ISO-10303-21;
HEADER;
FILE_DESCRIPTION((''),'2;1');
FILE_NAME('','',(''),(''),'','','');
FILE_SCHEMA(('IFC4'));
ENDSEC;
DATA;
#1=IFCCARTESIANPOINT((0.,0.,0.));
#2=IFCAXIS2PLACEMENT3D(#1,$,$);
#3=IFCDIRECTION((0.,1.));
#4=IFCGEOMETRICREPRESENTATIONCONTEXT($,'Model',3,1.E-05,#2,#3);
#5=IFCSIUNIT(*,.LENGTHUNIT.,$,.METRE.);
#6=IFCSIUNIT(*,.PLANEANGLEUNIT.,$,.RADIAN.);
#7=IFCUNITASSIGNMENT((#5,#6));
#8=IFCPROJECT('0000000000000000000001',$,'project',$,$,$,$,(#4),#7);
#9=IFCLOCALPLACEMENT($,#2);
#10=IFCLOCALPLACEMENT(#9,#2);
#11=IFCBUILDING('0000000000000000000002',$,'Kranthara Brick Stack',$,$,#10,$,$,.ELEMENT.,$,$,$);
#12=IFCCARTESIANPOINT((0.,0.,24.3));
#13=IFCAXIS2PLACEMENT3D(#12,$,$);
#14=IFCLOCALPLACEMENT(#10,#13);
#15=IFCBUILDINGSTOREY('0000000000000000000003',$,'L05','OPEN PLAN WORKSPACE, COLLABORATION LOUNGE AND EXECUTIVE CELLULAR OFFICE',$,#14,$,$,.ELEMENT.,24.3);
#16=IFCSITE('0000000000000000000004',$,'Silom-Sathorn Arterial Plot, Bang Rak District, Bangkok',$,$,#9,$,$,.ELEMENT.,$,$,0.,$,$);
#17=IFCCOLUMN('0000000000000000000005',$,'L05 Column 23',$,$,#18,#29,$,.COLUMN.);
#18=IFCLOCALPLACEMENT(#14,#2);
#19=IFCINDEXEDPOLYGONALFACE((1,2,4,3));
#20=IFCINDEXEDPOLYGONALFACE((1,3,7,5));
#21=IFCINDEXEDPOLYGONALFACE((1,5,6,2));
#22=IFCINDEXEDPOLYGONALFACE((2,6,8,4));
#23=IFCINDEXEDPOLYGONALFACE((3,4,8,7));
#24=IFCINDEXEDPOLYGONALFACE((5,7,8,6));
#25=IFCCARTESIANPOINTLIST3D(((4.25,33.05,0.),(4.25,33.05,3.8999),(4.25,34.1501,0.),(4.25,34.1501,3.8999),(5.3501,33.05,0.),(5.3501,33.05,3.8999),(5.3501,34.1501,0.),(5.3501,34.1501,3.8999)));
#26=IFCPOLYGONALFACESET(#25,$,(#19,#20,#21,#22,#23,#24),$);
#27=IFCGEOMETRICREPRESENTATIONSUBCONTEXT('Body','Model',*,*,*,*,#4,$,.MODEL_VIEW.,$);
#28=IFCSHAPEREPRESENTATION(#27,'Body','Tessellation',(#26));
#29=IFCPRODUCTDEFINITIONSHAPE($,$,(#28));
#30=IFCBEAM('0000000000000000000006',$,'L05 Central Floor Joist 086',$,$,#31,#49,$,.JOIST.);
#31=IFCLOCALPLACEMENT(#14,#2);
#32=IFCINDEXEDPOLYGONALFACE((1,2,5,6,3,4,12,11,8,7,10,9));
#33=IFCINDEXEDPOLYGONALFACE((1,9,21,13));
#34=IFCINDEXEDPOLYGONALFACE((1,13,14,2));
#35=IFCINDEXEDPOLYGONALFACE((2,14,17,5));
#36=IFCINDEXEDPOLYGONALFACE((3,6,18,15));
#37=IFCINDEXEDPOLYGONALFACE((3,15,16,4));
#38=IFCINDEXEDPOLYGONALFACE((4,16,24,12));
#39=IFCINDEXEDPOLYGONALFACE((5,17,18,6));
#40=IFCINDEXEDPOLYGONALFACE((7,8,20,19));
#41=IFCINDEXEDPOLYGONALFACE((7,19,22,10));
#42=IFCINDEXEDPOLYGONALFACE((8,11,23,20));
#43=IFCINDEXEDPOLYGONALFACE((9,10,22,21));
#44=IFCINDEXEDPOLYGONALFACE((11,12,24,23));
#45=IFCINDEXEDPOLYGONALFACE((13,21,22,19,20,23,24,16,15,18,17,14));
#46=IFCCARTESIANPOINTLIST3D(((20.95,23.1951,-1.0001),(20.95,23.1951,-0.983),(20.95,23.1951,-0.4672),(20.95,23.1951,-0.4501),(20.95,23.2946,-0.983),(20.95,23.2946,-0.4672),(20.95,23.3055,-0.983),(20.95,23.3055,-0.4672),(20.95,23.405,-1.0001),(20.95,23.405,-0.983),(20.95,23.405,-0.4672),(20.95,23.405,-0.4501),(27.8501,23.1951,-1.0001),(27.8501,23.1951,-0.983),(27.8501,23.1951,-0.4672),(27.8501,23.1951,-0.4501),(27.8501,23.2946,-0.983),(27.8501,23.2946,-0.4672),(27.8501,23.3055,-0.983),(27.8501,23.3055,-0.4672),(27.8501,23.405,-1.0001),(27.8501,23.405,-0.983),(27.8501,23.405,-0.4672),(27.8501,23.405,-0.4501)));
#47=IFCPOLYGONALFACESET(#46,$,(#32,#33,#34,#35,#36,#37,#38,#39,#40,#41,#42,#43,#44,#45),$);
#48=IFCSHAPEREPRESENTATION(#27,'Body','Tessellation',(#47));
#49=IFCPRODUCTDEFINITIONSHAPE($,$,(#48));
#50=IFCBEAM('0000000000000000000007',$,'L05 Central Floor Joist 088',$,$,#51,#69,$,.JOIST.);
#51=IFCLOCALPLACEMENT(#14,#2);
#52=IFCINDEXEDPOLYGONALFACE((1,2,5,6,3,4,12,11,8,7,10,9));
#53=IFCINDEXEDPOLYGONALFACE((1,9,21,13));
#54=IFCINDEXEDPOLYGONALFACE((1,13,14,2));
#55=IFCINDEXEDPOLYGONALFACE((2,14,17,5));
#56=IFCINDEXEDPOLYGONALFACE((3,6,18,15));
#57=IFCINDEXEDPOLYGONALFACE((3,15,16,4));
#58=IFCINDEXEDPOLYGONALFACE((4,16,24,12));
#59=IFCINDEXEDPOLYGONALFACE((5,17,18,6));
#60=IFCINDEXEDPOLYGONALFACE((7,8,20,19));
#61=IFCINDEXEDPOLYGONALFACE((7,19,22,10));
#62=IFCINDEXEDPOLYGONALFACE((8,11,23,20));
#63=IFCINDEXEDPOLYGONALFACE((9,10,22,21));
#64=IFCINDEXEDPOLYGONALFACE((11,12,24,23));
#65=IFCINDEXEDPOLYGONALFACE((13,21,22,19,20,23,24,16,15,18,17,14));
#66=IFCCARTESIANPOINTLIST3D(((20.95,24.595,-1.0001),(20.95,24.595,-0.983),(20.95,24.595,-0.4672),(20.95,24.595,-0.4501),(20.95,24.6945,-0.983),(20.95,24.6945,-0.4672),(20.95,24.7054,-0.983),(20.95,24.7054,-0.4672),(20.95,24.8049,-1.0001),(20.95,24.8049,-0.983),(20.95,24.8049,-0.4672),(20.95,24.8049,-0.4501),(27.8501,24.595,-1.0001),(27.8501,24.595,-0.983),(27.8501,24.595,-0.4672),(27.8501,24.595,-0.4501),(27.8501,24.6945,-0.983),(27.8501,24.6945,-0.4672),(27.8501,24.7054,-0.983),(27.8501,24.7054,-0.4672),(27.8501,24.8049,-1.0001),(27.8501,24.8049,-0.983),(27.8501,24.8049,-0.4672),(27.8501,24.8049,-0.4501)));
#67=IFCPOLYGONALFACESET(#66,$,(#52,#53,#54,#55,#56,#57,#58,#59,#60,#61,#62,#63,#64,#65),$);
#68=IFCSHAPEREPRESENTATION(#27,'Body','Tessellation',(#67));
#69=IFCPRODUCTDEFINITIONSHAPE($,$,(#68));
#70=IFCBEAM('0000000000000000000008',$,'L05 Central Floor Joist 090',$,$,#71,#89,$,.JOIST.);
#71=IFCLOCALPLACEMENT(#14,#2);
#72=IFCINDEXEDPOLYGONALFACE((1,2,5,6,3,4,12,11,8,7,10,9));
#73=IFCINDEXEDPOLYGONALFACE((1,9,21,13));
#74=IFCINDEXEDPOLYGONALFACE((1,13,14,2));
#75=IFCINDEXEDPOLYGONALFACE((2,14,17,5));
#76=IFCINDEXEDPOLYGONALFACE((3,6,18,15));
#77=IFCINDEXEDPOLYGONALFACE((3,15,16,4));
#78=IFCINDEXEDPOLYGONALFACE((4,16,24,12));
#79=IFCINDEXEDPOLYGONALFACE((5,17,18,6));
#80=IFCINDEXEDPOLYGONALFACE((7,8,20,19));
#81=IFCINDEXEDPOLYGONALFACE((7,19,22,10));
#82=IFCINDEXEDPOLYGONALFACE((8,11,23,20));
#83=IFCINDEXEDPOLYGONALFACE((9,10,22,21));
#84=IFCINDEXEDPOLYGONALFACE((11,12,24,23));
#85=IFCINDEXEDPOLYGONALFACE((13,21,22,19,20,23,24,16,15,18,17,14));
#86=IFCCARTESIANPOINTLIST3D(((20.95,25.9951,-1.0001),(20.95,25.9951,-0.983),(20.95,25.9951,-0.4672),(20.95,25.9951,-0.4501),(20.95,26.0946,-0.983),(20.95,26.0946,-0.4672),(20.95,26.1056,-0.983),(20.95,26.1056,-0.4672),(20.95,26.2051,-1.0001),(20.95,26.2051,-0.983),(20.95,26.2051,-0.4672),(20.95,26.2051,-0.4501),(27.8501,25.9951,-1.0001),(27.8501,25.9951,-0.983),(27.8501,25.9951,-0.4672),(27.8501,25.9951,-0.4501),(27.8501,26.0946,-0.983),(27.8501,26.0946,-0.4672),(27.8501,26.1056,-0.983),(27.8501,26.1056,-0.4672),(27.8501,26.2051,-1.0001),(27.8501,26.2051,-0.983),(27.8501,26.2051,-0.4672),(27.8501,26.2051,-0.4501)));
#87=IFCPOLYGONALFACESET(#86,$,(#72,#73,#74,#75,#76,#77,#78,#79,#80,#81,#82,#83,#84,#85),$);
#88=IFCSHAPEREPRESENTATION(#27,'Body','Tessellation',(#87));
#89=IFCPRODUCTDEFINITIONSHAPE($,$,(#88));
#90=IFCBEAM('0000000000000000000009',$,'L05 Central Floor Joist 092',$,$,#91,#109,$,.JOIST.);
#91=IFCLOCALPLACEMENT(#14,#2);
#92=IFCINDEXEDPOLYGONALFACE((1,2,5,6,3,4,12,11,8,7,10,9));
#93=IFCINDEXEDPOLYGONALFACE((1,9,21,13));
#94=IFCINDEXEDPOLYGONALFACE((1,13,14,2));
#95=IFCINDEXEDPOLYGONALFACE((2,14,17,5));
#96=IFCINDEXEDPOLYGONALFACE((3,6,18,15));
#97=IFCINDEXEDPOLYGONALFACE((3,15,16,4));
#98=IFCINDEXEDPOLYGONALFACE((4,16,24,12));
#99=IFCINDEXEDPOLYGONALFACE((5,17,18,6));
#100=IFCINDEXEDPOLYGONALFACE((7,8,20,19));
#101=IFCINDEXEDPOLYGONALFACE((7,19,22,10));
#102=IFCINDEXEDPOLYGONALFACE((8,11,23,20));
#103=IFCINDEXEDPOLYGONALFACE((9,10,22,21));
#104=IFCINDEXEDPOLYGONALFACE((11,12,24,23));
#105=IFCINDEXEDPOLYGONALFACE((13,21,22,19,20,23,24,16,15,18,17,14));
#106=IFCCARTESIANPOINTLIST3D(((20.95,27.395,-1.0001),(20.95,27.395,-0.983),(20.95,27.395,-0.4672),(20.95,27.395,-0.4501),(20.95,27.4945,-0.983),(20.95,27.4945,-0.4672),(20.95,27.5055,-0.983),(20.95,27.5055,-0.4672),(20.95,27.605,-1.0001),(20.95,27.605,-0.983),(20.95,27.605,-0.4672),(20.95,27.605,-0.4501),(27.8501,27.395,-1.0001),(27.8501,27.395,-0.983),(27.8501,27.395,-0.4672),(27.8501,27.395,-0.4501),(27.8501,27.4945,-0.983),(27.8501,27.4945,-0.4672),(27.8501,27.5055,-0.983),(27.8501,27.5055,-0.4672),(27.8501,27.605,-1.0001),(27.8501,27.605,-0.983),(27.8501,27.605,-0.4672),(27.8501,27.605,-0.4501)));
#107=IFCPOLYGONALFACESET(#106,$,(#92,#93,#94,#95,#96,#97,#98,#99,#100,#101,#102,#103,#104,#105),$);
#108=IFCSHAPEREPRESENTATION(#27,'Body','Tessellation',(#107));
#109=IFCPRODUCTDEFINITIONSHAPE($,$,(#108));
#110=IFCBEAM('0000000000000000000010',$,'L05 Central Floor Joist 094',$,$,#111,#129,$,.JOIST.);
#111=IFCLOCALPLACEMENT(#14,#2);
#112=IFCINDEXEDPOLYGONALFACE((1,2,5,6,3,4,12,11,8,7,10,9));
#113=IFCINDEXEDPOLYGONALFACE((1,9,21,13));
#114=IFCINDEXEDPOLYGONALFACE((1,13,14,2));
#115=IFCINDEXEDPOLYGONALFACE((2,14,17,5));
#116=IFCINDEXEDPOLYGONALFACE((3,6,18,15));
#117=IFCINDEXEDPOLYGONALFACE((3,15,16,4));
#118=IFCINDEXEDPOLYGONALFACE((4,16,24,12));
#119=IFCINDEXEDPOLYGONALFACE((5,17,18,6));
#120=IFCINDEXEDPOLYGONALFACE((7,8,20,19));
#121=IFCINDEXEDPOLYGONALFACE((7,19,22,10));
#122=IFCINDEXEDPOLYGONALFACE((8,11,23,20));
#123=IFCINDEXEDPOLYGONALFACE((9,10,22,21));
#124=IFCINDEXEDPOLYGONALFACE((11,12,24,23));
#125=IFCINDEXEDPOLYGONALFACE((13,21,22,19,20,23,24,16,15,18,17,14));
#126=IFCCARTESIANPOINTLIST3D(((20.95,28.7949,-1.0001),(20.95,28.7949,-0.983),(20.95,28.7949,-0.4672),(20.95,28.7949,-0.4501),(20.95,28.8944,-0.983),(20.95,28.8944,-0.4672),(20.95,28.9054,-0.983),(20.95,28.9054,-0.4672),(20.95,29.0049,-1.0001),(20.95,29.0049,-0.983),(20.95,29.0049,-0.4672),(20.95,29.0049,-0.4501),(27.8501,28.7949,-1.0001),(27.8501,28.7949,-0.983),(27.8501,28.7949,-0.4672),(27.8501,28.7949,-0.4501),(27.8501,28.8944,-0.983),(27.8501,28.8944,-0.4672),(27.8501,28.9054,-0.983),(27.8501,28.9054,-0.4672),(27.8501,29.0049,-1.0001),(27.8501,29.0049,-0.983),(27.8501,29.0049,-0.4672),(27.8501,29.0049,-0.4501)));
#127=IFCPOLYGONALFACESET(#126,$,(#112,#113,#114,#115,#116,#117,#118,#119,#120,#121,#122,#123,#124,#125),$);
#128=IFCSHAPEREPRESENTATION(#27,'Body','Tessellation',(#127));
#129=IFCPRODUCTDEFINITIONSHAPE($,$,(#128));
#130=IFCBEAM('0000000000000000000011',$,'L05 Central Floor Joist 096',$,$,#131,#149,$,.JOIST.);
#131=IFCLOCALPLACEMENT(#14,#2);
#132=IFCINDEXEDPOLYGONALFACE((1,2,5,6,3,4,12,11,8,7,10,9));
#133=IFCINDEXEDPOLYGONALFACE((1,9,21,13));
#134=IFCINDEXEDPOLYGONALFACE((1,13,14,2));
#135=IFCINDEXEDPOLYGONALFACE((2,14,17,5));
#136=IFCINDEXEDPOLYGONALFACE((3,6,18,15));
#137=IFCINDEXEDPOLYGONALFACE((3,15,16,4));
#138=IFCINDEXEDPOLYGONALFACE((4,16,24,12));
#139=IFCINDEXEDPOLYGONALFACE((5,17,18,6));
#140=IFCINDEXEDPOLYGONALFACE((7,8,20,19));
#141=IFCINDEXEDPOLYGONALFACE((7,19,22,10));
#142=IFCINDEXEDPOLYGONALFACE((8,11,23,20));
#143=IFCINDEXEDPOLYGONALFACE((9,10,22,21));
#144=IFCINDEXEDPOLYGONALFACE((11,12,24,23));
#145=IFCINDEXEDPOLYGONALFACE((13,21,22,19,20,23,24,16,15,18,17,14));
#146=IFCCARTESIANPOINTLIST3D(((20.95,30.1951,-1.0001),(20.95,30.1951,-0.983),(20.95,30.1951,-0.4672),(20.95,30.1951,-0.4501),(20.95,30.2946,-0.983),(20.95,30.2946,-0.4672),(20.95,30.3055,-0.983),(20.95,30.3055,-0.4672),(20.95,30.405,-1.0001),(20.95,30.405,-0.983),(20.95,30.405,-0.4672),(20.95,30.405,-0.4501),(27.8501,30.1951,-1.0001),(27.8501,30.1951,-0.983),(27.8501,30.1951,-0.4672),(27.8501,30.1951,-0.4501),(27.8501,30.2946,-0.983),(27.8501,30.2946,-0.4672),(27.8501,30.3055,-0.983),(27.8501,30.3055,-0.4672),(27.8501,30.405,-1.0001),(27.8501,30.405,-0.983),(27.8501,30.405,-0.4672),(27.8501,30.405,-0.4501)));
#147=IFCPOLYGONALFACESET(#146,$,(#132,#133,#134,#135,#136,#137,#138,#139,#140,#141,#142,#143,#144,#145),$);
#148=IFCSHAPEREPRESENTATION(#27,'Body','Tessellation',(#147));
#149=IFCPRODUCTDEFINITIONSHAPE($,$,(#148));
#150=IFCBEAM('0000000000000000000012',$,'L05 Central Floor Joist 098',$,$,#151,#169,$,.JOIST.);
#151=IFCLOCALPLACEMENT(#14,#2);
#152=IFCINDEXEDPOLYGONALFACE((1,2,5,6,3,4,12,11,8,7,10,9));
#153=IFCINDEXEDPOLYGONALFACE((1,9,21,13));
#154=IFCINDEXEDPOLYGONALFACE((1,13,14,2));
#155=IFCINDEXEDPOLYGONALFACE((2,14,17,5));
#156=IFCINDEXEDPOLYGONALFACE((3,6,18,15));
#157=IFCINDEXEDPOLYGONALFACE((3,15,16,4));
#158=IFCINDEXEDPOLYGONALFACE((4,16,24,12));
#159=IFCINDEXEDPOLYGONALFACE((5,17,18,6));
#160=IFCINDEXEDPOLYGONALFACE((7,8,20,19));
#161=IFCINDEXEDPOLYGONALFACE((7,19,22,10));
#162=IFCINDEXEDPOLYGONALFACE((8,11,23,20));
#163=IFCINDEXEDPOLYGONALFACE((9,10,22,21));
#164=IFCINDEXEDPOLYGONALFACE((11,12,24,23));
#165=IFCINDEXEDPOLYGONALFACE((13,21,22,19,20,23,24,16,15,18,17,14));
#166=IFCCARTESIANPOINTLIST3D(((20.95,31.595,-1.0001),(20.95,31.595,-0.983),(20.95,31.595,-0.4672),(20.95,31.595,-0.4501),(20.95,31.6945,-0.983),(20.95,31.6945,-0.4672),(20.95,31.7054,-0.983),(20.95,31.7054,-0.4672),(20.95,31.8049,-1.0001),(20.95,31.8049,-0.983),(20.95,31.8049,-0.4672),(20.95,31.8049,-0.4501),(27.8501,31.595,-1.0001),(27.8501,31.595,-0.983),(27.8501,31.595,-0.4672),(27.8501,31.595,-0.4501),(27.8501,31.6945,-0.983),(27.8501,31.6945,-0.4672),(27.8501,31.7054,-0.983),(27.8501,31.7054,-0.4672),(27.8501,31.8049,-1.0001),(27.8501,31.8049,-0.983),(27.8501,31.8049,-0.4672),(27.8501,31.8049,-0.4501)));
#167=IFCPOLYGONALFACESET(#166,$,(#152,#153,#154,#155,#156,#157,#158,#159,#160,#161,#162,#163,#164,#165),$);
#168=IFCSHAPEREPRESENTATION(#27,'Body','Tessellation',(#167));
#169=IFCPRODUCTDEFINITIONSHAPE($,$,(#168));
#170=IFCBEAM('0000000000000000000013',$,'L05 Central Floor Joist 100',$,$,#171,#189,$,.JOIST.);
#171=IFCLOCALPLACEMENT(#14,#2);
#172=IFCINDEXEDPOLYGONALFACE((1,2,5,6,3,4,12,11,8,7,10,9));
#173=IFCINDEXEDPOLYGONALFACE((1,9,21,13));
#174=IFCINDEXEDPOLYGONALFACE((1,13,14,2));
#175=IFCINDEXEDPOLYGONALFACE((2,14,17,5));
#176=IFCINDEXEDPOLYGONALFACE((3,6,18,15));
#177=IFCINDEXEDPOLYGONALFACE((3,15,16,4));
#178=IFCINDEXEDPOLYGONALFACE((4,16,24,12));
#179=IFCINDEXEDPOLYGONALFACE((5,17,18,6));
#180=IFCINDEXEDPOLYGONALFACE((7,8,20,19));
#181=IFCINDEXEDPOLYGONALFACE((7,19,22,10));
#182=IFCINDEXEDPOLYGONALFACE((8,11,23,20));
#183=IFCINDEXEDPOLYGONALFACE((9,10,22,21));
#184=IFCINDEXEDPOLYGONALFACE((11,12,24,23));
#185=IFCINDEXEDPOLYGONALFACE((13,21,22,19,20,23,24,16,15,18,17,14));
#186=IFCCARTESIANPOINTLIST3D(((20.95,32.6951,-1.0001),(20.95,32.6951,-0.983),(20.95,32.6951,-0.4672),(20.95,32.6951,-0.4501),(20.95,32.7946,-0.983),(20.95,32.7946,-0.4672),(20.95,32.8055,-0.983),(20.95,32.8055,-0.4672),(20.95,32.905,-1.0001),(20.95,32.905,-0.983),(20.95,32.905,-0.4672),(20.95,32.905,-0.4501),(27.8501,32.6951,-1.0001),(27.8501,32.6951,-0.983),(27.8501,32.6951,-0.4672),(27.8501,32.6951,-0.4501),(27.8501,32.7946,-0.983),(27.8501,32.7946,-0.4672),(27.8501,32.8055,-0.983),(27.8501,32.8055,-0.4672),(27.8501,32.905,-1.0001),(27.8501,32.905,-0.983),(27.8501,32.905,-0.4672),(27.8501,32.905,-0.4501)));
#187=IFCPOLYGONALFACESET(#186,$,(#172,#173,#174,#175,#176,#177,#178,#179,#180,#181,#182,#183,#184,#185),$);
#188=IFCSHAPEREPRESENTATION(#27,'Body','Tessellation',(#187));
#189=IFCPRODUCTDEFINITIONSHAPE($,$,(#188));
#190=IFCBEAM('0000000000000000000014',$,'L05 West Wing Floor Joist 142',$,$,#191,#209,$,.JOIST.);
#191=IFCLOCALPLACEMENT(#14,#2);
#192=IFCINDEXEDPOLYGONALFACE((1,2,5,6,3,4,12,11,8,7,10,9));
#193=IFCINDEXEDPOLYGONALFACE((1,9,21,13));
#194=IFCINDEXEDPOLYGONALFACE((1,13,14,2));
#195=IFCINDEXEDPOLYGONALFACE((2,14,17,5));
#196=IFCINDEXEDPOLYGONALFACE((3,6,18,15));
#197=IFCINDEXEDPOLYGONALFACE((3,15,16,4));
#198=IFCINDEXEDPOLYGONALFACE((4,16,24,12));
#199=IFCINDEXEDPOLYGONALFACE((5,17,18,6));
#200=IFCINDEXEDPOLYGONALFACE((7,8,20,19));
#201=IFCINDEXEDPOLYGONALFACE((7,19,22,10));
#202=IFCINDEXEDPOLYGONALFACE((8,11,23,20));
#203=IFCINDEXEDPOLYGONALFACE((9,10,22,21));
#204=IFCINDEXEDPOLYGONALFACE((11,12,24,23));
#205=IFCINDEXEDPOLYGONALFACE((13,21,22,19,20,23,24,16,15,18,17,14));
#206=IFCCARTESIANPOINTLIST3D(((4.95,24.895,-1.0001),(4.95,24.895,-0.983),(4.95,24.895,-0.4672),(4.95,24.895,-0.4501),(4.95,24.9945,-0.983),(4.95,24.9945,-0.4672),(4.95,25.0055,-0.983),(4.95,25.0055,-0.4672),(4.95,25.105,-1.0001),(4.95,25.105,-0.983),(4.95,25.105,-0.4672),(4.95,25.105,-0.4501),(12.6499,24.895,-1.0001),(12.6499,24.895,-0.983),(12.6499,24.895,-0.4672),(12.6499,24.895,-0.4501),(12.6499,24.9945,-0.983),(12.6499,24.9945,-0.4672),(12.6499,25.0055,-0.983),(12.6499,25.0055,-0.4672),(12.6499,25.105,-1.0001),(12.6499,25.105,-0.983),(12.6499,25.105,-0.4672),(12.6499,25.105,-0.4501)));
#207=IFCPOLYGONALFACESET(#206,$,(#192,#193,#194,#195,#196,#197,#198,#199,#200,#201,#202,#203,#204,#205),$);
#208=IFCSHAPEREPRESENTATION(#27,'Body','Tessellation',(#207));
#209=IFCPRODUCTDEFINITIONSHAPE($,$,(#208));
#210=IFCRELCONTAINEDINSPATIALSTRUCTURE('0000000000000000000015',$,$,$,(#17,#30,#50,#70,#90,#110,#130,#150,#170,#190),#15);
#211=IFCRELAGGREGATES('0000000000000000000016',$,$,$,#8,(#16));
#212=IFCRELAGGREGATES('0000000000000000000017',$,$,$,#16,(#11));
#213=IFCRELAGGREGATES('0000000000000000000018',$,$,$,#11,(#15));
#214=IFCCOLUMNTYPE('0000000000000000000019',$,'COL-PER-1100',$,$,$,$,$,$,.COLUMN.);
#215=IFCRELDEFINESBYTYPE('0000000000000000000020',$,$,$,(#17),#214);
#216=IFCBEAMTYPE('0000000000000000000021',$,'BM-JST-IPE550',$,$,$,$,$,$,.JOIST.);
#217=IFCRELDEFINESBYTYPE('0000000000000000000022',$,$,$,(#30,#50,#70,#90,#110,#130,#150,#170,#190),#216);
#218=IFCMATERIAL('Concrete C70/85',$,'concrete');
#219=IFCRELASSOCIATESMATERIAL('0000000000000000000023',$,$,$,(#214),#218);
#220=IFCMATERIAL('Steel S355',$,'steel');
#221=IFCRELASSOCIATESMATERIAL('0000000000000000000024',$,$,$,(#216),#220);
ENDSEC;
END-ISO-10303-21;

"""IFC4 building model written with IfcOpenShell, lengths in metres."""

from ifc_helpers import new_model, si_unit, direction, frame, origin, origin_2d, place, context, subcontext, project, spatial, rectangle, i_section, extrude, material, material_profile, profile_set, type_object, element, save


model = new_model("IFC4")

# Units and contexts
model_context = context("Model", 3, precision=1e-05, world=origin(), true_north=direction((0.0, 1.0)))
body_context = subcontext(model_context, "Body", "Model", "MODEL_VIEW")
ifc_project = project(units=[si_unit("LENGTHUNIT", "METRE"), si_unit("PLANEANGLEUNIT", "RADIAN")], contexts=[model_context])

# Site, building, storey
site_placement = place(None, origin())
site = spatial("IfcSite", under=ifc_project, at=site_placement, Name="Silom-Sathorn Arterial Plot, Bang Rak District, Bangkok", CompositionType="ELEMENT", RefElevation=0.0)
building_placement = place(site_placement, origin())
building = spatial("IfcBuilding", under=site, at=building_placement, Name="Kranthara Brick Stack", CompositionType="ELEMENT")
storey_placement = place(building_placement, frame((0.0, 0.0, 24.3)))
storey = spatial("IfcBuildingStorey", under=building, at=storey_placement, Name="L05", Description="OPEN PLAN WORKSPACE, COLLABORATION LOUNGE AND EXECUTIVE CELLULAR OFFICE", CompositionType="ELEMENT", Elevation=24.3)

# Column
ifc_material_1 = material(Name="Concrete C70/85", Category="concrete")
ifc_material_profile_1 = material_profile(ifc_material_1, rectangle(XDim=1.1001, YDim=1.1001, at=origin_2d()), Name="RC 1100x1100")
ifc_profile_set_1 = profile_set([ifc_material_profile_1], Name="Concrete C70/85")
column_type = type_object("IfcColumnType", Name="COL-PER-1100", PredefinedType="COLUMN", material=ifc_profile_set_1)
column_placement = place(storey_placement, frame((4.8, 33.6001, 0.0), z_axis=(0.0, 0.0, 1.0), x_axis=(1.0, 0.0, 0.0)))
element("IfcColumn", 1, at=column_placement, inside=storey, type_object=column_type, Name="L05 Column 23", PredefinedType="COLUMN", context=body_context, shape_type="SweptSolid", body=[
    extrude(rectangle(XDim=1.1001, YDim=1.1001, at=origin_2d()), origin(), (0.0, 0.0, 1.0), 3.8999),
])

# Beams
ifc_material_2 = material(Name="Steel S355", Category="steel")
ifc_material_profile_2 = material_profile(ifc_material_2, i_section(OverallWidth=0.21, OverallDepth=0.55, WebThickness=0.011, FlangeThickness=0.0171, at=origin_2d()), Name="IPE 550")
ifc_profile_set_2 = profile_set([ifc_material_profile_2], Name="Steel S355")
beam_type_1 = type_object("IfcBeamType", Name="BM-JST-IPE550", PredefinedType="JOIST", material=ifc_profile_set_2)
for number, where, z_axis, x_axis, name in (
    (2, (20.95, 23.3, -0.7251), (1.0, 0.0, 0.0), (0.0, 1.0, 0.0), "L05 Central Floor Joist 086"),
    (3, (20.95, 24.7, -0.7251), (1.0, 0.0, 0.0), (0.0, 1.0, 0.0), "L05 Central Floor Joist 088"),
    (4, (20.95, 26.1001, -0.7251), (1.0, 0.0, 0.0), (0.0, 1.0, 0.0), "L05 Central Floor Joist 090"),
    (5, (20.95, 27.5, -0.7251), (1.0, 0.0, 0.0), (0.0, 1.0, 0.0), "L05 Central Floor Joist 092"),
    (6, (20.95, 28.8999, -0.7251), (1.0, 0.0, 0.0), (0.0, 1.0, 0.0), "L05 Central Floor Joist 094"),
    (7, (20.95, 30.3, -0.7251), (1.0, 0.0, 0.0), (0.0, 1.0, 0.0), "L05 Central Floor Joist 096"),
    (8, (20.95, 31.7, -0.7251), (1.0, 0.0, 0.0), (0.0, 1.0, 0.0), "L05 Central Floor Joist 098"),
    (9, (20.95, 32.8, -0.7251), (1.0, 0.0, 0.0), (0.0, 1.0, 0.0), "L05 Central Floor Joist 100"),
):
    element("IfcBeam", number, at=place(storey_placement, frame(where, z_axis=z_axis, x_axis=x_axis)), inside=storey, type_object=beam_type_1, Name=name, PredefinedType="JOIST", context=body_context, shape_type="SweptSolid", body=[
        extrude(i_section(OverallWidth=0.21, OverallDepth=0.55, WebThickness=0.011, FlangeThickness=0.0171, at=origin_2d()), origin(), (0.0, 0.0, 1.0), 6.9001),
    ])
for number, where, z_axis, x_axis, name in (
    (10, (4.95, 25.0, -0.7251), (1.0, 0.0, 0.0), (0.0, 1.0, 0.0), "L05 West Wing Floor Joist 142"),
):
    element("IfcBeam", number, at=place(storey_placement, frame(where, z_axis=z_axis, x_axis=x_axis)), inside=storey, type_object=beam_type_1, Name=name, PredefinedType="JOIST", context=body_context, shape_type="SweptSolid", body=[
        extrude(i_section(OverallWidth=0.21, OverallDepth=0.55, WebThickness=0.011, FlangeThickness=0.0171, at=origin_2d()), origin(), (0.0, 0.0, 1.0), 7.7),
    ])

save(model, "model.ifc")
